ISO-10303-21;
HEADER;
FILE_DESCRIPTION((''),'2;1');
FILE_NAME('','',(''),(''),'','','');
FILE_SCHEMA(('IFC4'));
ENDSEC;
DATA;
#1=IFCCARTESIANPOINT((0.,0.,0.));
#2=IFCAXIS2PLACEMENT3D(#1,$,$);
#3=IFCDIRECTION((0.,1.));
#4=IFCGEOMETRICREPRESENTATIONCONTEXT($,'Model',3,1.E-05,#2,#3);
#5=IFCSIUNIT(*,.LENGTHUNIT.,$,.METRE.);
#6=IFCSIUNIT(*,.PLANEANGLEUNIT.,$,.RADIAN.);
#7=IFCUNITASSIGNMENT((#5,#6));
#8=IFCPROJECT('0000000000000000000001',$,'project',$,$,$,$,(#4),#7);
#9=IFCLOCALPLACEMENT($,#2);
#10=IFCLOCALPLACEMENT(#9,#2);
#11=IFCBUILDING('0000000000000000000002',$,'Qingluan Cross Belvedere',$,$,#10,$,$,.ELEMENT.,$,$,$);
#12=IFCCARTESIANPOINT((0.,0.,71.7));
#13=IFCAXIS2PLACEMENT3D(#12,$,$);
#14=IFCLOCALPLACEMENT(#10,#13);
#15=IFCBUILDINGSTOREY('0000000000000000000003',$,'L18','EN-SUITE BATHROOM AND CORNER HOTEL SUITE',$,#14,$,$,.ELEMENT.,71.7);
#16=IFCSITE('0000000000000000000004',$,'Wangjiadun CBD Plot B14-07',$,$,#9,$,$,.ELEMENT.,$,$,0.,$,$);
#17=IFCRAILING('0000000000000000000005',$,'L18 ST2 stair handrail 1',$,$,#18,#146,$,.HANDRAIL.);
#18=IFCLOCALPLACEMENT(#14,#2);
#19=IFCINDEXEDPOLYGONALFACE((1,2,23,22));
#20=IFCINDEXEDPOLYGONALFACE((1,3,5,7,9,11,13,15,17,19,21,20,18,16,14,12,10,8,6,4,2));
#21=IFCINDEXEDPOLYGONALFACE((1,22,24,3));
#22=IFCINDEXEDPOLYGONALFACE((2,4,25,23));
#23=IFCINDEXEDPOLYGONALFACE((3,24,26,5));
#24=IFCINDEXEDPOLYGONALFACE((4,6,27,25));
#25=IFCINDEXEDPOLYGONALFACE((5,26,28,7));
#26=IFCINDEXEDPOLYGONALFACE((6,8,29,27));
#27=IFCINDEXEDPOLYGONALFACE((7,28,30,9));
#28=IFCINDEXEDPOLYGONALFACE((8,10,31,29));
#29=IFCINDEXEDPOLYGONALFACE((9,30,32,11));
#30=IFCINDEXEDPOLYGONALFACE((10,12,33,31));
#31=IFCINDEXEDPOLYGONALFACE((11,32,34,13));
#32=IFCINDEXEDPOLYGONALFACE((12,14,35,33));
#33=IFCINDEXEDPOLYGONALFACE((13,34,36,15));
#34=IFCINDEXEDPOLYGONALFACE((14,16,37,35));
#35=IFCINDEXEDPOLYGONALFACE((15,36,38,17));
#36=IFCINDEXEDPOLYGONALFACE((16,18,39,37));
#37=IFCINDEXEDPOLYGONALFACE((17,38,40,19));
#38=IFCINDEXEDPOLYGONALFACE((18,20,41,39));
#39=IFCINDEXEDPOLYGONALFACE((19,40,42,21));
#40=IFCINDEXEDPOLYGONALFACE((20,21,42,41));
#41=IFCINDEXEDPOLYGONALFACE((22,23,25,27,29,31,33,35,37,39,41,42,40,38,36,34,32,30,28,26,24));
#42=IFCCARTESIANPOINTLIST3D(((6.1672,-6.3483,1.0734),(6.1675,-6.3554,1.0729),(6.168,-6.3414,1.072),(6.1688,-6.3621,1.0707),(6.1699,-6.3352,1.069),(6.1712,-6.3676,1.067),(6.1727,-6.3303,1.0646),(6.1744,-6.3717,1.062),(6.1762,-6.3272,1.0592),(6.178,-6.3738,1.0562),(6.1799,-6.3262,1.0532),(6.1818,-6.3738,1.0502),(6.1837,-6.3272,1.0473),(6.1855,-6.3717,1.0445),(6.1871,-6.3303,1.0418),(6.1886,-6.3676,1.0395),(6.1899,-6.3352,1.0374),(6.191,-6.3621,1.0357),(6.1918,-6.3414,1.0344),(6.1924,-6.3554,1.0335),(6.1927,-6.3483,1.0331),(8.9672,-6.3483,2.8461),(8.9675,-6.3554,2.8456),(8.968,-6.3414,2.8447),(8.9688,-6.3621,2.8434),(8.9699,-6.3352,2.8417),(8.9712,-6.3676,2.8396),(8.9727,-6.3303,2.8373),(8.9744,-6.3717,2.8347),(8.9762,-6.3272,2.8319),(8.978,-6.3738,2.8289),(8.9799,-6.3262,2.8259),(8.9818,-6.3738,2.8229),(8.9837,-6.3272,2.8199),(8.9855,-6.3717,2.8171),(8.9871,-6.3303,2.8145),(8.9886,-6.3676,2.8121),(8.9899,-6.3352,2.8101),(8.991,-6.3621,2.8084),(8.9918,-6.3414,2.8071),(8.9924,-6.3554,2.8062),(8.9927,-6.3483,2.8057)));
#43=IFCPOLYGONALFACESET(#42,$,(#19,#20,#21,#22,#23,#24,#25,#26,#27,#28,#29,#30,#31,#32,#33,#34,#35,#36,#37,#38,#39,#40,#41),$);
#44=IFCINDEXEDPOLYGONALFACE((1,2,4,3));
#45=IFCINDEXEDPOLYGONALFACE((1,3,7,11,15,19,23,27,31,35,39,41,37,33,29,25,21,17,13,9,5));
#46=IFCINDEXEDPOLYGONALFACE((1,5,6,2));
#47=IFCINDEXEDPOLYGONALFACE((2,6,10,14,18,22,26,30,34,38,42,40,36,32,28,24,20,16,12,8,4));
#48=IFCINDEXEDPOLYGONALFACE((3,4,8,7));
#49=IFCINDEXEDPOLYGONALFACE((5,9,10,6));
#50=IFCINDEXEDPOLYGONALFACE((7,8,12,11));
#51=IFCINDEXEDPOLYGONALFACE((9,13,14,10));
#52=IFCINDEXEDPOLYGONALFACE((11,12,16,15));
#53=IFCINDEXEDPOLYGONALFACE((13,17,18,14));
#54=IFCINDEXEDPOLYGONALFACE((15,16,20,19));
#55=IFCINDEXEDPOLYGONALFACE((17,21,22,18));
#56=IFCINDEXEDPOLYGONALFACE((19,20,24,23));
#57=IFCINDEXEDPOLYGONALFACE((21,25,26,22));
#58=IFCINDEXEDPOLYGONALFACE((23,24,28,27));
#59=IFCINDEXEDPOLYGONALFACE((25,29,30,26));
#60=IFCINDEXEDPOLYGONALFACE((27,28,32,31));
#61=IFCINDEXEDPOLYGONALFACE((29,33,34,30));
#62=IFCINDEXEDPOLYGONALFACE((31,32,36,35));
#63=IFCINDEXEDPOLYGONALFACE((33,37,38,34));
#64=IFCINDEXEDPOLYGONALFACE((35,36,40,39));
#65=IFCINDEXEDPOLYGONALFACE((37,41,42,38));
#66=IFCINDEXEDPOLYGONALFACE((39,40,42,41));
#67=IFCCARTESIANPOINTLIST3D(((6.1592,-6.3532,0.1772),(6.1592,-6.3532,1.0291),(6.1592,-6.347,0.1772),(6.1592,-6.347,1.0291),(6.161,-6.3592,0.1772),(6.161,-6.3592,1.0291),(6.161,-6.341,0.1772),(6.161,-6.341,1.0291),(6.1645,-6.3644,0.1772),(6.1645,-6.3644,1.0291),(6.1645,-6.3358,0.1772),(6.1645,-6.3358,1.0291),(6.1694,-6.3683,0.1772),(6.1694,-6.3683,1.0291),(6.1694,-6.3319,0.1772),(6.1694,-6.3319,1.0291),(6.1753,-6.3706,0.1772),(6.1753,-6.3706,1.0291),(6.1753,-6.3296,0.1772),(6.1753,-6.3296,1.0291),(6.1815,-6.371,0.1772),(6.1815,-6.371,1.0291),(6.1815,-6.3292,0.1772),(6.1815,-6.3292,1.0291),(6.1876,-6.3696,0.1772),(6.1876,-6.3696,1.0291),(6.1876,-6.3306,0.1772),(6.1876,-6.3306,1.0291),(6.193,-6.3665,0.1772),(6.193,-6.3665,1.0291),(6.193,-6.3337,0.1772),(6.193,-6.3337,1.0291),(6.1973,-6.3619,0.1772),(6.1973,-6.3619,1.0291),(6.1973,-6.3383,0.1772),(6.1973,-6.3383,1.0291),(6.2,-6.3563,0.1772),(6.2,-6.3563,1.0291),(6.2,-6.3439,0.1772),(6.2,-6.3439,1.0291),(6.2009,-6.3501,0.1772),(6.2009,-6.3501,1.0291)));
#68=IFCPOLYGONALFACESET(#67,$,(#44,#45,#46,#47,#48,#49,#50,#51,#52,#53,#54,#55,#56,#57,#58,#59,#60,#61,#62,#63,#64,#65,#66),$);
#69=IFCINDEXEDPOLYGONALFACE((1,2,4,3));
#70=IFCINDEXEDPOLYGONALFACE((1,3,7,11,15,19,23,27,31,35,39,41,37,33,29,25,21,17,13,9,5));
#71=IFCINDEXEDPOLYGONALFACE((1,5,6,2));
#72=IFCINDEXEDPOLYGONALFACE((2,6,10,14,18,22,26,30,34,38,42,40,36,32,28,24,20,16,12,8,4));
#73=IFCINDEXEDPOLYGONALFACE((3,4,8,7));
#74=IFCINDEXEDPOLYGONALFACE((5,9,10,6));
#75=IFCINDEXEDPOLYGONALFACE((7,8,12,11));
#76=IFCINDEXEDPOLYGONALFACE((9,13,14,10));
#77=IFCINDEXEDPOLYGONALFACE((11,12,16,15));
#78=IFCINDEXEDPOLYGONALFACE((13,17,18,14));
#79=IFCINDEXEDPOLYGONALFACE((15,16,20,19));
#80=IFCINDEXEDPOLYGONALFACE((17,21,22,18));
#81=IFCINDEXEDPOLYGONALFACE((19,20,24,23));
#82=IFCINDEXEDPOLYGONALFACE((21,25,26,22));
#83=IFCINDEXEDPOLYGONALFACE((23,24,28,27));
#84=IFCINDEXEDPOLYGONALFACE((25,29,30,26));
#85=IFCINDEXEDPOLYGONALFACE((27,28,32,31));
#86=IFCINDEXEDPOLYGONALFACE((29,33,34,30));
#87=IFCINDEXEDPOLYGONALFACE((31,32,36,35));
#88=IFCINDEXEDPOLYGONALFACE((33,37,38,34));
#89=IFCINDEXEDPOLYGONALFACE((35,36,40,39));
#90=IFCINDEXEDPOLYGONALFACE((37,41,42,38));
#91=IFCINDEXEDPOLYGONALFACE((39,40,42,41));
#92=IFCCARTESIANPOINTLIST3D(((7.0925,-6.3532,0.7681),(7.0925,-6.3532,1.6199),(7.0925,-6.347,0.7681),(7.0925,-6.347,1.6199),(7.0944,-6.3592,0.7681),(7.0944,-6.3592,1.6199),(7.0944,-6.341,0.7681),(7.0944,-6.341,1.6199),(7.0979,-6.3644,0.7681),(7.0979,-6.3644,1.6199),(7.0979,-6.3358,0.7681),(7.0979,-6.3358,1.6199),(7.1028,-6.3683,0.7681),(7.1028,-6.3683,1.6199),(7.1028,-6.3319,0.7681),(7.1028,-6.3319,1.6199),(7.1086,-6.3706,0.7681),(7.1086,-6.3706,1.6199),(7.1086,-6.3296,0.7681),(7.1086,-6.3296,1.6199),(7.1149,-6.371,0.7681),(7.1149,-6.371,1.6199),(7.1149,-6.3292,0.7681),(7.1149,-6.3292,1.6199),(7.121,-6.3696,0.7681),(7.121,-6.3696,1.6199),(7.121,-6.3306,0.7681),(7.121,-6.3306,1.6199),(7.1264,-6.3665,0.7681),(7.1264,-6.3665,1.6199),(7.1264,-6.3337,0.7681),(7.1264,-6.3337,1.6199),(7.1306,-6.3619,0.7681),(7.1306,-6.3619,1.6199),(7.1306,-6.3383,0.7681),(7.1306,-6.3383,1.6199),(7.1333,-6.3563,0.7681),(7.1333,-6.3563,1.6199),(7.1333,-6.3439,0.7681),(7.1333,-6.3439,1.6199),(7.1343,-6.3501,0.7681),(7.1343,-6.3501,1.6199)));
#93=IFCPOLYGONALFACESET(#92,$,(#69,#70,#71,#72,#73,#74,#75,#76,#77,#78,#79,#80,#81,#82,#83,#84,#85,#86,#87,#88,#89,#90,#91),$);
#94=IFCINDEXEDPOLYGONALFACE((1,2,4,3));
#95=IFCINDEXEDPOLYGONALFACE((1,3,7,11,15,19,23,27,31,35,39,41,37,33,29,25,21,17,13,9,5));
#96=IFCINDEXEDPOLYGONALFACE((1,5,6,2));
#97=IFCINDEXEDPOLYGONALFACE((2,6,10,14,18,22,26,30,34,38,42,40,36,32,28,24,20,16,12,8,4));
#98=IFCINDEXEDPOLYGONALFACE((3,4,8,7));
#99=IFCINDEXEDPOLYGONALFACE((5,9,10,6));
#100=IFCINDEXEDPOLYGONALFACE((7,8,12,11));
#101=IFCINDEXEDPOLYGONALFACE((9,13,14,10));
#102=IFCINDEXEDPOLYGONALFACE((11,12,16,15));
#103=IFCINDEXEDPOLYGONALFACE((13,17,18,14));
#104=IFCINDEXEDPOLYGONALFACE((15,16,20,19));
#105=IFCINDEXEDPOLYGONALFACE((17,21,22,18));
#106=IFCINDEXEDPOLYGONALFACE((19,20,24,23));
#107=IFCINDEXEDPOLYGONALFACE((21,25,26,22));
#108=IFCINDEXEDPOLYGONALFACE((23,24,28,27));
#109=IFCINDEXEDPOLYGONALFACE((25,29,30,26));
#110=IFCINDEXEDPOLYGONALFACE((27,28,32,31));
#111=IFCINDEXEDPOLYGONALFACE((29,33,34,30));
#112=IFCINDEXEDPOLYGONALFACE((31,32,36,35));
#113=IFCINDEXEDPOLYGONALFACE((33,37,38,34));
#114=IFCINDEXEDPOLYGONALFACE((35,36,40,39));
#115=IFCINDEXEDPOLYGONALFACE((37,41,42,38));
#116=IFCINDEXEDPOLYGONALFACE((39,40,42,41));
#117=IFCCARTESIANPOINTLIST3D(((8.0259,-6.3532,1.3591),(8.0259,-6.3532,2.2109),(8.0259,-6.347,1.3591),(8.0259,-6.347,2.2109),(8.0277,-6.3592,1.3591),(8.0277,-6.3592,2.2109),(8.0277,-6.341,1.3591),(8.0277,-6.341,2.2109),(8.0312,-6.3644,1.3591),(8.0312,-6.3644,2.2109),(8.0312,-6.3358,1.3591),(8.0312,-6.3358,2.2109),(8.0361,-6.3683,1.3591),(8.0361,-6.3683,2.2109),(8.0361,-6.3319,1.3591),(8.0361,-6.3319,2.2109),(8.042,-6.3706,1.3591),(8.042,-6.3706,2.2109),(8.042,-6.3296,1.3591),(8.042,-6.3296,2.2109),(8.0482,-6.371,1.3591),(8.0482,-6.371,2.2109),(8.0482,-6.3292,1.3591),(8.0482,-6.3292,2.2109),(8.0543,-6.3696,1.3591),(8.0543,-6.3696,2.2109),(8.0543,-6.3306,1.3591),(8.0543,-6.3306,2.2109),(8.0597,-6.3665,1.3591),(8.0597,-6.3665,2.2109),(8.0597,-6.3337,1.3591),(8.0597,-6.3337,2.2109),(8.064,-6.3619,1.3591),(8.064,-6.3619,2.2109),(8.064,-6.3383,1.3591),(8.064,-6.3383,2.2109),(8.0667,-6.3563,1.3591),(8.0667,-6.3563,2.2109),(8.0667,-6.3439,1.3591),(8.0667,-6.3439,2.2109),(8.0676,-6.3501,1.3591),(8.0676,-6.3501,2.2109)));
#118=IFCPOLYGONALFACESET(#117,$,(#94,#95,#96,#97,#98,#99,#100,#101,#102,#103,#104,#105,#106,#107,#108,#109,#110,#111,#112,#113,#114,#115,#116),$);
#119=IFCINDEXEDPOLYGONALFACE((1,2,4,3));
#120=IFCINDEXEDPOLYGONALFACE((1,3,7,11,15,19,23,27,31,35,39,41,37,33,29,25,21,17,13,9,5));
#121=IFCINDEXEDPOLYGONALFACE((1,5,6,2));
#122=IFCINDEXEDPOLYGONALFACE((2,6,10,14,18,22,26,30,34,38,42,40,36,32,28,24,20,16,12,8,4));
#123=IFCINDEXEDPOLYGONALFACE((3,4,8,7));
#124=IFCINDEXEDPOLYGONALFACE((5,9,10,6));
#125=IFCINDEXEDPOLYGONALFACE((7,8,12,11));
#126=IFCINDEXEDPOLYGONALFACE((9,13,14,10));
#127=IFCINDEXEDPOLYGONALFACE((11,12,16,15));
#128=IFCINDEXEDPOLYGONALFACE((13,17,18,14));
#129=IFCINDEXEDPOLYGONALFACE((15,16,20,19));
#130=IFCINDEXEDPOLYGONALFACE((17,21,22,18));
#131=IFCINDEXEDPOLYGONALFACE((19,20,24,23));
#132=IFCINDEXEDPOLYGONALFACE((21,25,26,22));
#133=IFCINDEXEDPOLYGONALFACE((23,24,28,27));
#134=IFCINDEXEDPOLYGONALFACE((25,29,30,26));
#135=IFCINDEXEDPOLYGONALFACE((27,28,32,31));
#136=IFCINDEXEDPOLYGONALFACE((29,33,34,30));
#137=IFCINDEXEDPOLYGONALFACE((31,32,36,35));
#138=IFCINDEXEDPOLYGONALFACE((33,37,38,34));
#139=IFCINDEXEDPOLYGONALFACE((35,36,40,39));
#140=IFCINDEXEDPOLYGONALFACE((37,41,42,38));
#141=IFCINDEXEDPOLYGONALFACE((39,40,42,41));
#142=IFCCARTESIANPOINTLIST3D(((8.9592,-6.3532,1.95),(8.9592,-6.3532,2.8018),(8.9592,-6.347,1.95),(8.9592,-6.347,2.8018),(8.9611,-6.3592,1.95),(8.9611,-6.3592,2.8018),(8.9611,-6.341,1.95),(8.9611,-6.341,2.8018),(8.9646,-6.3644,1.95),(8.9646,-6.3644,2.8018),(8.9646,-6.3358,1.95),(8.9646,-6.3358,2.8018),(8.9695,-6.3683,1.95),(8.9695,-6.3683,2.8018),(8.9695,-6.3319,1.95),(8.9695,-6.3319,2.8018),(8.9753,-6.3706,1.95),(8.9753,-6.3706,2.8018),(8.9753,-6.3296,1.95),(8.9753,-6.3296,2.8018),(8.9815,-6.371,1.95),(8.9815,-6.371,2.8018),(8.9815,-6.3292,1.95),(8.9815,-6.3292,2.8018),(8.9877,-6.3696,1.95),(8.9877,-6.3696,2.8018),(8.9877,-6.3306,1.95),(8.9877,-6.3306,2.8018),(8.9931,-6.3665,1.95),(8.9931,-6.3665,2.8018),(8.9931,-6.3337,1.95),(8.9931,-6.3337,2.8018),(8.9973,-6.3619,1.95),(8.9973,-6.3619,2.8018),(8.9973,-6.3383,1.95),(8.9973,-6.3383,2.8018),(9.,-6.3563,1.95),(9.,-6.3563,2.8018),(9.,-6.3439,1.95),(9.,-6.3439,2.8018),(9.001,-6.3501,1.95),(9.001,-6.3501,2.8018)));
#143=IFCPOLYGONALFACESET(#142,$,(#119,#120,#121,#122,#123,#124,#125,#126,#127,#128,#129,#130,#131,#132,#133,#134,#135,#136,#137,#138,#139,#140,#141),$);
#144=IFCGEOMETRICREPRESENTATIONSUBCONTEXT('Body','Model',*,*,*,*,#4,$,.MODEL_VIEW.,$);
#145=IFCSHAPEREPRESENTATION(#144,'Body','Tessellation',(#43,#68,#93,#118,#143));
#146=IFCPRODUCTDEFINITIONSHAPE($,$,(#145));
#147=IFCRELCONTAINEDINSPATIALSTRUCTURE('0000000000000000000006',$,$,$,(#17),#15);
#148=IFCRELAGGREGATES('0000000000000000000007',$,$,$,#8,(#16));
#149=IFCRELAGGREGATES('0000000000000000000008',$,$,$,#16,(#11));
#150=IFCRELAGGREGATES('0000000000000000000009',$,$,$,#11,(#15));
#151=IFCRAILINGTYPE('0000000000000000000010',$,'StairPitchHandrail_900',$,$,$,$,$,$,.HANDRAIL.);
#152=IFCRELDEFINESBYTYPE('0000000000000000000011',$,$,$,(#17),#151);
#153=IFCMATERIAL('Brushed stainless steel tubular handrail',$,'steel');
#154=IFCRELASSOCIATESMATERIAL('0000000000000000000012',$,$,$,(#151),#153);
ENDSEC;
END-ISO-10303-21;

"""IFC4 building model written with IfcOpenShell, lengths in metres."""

from ifc_helpers import new_model, si_unit, direction, frame, origin, origin_2d, place, context, subcontext, project, spatial, circle, extrude, material, type_object, element, save


model = new_model("IFC4")

# Units and contexts
model_context = context("Model", 3, precision=1e-05, world=origin(), true_north=direction((0.0, 1.0)))
body_context = subcontext(model_context, "Body", "Model", "MODEL_VIEW")
ifc_project = project(units=[si_unit("LENGTHUNIT", "METRE"), si_unit("PLANEANGLEUNIT", "RADIAN")], contexts=[model_context])

# Site, building, storey
site_placement = place(None, origin())
site = spatial("IfcSite", under=ifc_project, at=site_placement, Name="Wangjiadun CBD Plot B14-07", CompositionType="ELEMENT", RefElevation=0.0)
building_placement = place(site_placement, origin())
building = spatial("IfcBuilding", under=site, at=building_placement, Name="Qingluan Cross Belvedere", CompositionType="ELEMENT")
storey_placement = place(building_placement, frame((0.0, 0.0, 71.7)))
storey = spatial("IfcBuildingStorey", under=building, at=storey_placement, Name="L18", Description="EN-SUITE BATHROOM AND CORNER HOTEL SUITE", CompositionType="ELEMENT", Elevation=71.7)

# Railing
ifc_material_1 = material(Name="Brushed stainless steel tubular handrail", Category="steel")
railing_type_1 = type_object("IfcRailingType", Name="StairPitchHandrail_900", PredefinedType="HANDRAIL", material=ifc_material_1)
railing_1_placement = place(storey_placement, frame((6.1799, -6.3501, 0.1772)))
element("IfcRailing", 1, at=railing_1_placement, inside=storey, type_object=railing_type_1, Name="L18 ST2 stair handrail 1", PredefinedType="HANDRAIL", context=body_context, shape_type="SweptSolid", body=[
    extrude(circle(Radius=0.0239, at=origin_2d()), frame((0.0, 0.0, 0.876), z_axis=(0.844909, 0.0, 0.53491), x_axis=(0.0, 1.0, 0.0)), (0.0, 0.0, 1.0), 3.314),
    extrude(circle(Radius=0.021, at=origin_2d()), origin(), (0.0, 0.0, 1.0), 0.8518),
    extrude(circle(Radius=0.021, at=origin_2d()), frame((0.9333, 0.0, 0.5908)), (0.0, 0.0, 1.0), 0.8518),
    extrude(circle(Radius=0.021, at=origin_2d()), frame((1.8667, 0.0, 1.1819)), (0.0, 0.0, 1.0), 0.8518),
    extrude(circle(Radius=0.021, at=origin_2d()), frame((2.8, 0.0, 1.7727)), (0.0, 0.0, 1.0), 0.8518),
])

save(model, "model.ifc")
